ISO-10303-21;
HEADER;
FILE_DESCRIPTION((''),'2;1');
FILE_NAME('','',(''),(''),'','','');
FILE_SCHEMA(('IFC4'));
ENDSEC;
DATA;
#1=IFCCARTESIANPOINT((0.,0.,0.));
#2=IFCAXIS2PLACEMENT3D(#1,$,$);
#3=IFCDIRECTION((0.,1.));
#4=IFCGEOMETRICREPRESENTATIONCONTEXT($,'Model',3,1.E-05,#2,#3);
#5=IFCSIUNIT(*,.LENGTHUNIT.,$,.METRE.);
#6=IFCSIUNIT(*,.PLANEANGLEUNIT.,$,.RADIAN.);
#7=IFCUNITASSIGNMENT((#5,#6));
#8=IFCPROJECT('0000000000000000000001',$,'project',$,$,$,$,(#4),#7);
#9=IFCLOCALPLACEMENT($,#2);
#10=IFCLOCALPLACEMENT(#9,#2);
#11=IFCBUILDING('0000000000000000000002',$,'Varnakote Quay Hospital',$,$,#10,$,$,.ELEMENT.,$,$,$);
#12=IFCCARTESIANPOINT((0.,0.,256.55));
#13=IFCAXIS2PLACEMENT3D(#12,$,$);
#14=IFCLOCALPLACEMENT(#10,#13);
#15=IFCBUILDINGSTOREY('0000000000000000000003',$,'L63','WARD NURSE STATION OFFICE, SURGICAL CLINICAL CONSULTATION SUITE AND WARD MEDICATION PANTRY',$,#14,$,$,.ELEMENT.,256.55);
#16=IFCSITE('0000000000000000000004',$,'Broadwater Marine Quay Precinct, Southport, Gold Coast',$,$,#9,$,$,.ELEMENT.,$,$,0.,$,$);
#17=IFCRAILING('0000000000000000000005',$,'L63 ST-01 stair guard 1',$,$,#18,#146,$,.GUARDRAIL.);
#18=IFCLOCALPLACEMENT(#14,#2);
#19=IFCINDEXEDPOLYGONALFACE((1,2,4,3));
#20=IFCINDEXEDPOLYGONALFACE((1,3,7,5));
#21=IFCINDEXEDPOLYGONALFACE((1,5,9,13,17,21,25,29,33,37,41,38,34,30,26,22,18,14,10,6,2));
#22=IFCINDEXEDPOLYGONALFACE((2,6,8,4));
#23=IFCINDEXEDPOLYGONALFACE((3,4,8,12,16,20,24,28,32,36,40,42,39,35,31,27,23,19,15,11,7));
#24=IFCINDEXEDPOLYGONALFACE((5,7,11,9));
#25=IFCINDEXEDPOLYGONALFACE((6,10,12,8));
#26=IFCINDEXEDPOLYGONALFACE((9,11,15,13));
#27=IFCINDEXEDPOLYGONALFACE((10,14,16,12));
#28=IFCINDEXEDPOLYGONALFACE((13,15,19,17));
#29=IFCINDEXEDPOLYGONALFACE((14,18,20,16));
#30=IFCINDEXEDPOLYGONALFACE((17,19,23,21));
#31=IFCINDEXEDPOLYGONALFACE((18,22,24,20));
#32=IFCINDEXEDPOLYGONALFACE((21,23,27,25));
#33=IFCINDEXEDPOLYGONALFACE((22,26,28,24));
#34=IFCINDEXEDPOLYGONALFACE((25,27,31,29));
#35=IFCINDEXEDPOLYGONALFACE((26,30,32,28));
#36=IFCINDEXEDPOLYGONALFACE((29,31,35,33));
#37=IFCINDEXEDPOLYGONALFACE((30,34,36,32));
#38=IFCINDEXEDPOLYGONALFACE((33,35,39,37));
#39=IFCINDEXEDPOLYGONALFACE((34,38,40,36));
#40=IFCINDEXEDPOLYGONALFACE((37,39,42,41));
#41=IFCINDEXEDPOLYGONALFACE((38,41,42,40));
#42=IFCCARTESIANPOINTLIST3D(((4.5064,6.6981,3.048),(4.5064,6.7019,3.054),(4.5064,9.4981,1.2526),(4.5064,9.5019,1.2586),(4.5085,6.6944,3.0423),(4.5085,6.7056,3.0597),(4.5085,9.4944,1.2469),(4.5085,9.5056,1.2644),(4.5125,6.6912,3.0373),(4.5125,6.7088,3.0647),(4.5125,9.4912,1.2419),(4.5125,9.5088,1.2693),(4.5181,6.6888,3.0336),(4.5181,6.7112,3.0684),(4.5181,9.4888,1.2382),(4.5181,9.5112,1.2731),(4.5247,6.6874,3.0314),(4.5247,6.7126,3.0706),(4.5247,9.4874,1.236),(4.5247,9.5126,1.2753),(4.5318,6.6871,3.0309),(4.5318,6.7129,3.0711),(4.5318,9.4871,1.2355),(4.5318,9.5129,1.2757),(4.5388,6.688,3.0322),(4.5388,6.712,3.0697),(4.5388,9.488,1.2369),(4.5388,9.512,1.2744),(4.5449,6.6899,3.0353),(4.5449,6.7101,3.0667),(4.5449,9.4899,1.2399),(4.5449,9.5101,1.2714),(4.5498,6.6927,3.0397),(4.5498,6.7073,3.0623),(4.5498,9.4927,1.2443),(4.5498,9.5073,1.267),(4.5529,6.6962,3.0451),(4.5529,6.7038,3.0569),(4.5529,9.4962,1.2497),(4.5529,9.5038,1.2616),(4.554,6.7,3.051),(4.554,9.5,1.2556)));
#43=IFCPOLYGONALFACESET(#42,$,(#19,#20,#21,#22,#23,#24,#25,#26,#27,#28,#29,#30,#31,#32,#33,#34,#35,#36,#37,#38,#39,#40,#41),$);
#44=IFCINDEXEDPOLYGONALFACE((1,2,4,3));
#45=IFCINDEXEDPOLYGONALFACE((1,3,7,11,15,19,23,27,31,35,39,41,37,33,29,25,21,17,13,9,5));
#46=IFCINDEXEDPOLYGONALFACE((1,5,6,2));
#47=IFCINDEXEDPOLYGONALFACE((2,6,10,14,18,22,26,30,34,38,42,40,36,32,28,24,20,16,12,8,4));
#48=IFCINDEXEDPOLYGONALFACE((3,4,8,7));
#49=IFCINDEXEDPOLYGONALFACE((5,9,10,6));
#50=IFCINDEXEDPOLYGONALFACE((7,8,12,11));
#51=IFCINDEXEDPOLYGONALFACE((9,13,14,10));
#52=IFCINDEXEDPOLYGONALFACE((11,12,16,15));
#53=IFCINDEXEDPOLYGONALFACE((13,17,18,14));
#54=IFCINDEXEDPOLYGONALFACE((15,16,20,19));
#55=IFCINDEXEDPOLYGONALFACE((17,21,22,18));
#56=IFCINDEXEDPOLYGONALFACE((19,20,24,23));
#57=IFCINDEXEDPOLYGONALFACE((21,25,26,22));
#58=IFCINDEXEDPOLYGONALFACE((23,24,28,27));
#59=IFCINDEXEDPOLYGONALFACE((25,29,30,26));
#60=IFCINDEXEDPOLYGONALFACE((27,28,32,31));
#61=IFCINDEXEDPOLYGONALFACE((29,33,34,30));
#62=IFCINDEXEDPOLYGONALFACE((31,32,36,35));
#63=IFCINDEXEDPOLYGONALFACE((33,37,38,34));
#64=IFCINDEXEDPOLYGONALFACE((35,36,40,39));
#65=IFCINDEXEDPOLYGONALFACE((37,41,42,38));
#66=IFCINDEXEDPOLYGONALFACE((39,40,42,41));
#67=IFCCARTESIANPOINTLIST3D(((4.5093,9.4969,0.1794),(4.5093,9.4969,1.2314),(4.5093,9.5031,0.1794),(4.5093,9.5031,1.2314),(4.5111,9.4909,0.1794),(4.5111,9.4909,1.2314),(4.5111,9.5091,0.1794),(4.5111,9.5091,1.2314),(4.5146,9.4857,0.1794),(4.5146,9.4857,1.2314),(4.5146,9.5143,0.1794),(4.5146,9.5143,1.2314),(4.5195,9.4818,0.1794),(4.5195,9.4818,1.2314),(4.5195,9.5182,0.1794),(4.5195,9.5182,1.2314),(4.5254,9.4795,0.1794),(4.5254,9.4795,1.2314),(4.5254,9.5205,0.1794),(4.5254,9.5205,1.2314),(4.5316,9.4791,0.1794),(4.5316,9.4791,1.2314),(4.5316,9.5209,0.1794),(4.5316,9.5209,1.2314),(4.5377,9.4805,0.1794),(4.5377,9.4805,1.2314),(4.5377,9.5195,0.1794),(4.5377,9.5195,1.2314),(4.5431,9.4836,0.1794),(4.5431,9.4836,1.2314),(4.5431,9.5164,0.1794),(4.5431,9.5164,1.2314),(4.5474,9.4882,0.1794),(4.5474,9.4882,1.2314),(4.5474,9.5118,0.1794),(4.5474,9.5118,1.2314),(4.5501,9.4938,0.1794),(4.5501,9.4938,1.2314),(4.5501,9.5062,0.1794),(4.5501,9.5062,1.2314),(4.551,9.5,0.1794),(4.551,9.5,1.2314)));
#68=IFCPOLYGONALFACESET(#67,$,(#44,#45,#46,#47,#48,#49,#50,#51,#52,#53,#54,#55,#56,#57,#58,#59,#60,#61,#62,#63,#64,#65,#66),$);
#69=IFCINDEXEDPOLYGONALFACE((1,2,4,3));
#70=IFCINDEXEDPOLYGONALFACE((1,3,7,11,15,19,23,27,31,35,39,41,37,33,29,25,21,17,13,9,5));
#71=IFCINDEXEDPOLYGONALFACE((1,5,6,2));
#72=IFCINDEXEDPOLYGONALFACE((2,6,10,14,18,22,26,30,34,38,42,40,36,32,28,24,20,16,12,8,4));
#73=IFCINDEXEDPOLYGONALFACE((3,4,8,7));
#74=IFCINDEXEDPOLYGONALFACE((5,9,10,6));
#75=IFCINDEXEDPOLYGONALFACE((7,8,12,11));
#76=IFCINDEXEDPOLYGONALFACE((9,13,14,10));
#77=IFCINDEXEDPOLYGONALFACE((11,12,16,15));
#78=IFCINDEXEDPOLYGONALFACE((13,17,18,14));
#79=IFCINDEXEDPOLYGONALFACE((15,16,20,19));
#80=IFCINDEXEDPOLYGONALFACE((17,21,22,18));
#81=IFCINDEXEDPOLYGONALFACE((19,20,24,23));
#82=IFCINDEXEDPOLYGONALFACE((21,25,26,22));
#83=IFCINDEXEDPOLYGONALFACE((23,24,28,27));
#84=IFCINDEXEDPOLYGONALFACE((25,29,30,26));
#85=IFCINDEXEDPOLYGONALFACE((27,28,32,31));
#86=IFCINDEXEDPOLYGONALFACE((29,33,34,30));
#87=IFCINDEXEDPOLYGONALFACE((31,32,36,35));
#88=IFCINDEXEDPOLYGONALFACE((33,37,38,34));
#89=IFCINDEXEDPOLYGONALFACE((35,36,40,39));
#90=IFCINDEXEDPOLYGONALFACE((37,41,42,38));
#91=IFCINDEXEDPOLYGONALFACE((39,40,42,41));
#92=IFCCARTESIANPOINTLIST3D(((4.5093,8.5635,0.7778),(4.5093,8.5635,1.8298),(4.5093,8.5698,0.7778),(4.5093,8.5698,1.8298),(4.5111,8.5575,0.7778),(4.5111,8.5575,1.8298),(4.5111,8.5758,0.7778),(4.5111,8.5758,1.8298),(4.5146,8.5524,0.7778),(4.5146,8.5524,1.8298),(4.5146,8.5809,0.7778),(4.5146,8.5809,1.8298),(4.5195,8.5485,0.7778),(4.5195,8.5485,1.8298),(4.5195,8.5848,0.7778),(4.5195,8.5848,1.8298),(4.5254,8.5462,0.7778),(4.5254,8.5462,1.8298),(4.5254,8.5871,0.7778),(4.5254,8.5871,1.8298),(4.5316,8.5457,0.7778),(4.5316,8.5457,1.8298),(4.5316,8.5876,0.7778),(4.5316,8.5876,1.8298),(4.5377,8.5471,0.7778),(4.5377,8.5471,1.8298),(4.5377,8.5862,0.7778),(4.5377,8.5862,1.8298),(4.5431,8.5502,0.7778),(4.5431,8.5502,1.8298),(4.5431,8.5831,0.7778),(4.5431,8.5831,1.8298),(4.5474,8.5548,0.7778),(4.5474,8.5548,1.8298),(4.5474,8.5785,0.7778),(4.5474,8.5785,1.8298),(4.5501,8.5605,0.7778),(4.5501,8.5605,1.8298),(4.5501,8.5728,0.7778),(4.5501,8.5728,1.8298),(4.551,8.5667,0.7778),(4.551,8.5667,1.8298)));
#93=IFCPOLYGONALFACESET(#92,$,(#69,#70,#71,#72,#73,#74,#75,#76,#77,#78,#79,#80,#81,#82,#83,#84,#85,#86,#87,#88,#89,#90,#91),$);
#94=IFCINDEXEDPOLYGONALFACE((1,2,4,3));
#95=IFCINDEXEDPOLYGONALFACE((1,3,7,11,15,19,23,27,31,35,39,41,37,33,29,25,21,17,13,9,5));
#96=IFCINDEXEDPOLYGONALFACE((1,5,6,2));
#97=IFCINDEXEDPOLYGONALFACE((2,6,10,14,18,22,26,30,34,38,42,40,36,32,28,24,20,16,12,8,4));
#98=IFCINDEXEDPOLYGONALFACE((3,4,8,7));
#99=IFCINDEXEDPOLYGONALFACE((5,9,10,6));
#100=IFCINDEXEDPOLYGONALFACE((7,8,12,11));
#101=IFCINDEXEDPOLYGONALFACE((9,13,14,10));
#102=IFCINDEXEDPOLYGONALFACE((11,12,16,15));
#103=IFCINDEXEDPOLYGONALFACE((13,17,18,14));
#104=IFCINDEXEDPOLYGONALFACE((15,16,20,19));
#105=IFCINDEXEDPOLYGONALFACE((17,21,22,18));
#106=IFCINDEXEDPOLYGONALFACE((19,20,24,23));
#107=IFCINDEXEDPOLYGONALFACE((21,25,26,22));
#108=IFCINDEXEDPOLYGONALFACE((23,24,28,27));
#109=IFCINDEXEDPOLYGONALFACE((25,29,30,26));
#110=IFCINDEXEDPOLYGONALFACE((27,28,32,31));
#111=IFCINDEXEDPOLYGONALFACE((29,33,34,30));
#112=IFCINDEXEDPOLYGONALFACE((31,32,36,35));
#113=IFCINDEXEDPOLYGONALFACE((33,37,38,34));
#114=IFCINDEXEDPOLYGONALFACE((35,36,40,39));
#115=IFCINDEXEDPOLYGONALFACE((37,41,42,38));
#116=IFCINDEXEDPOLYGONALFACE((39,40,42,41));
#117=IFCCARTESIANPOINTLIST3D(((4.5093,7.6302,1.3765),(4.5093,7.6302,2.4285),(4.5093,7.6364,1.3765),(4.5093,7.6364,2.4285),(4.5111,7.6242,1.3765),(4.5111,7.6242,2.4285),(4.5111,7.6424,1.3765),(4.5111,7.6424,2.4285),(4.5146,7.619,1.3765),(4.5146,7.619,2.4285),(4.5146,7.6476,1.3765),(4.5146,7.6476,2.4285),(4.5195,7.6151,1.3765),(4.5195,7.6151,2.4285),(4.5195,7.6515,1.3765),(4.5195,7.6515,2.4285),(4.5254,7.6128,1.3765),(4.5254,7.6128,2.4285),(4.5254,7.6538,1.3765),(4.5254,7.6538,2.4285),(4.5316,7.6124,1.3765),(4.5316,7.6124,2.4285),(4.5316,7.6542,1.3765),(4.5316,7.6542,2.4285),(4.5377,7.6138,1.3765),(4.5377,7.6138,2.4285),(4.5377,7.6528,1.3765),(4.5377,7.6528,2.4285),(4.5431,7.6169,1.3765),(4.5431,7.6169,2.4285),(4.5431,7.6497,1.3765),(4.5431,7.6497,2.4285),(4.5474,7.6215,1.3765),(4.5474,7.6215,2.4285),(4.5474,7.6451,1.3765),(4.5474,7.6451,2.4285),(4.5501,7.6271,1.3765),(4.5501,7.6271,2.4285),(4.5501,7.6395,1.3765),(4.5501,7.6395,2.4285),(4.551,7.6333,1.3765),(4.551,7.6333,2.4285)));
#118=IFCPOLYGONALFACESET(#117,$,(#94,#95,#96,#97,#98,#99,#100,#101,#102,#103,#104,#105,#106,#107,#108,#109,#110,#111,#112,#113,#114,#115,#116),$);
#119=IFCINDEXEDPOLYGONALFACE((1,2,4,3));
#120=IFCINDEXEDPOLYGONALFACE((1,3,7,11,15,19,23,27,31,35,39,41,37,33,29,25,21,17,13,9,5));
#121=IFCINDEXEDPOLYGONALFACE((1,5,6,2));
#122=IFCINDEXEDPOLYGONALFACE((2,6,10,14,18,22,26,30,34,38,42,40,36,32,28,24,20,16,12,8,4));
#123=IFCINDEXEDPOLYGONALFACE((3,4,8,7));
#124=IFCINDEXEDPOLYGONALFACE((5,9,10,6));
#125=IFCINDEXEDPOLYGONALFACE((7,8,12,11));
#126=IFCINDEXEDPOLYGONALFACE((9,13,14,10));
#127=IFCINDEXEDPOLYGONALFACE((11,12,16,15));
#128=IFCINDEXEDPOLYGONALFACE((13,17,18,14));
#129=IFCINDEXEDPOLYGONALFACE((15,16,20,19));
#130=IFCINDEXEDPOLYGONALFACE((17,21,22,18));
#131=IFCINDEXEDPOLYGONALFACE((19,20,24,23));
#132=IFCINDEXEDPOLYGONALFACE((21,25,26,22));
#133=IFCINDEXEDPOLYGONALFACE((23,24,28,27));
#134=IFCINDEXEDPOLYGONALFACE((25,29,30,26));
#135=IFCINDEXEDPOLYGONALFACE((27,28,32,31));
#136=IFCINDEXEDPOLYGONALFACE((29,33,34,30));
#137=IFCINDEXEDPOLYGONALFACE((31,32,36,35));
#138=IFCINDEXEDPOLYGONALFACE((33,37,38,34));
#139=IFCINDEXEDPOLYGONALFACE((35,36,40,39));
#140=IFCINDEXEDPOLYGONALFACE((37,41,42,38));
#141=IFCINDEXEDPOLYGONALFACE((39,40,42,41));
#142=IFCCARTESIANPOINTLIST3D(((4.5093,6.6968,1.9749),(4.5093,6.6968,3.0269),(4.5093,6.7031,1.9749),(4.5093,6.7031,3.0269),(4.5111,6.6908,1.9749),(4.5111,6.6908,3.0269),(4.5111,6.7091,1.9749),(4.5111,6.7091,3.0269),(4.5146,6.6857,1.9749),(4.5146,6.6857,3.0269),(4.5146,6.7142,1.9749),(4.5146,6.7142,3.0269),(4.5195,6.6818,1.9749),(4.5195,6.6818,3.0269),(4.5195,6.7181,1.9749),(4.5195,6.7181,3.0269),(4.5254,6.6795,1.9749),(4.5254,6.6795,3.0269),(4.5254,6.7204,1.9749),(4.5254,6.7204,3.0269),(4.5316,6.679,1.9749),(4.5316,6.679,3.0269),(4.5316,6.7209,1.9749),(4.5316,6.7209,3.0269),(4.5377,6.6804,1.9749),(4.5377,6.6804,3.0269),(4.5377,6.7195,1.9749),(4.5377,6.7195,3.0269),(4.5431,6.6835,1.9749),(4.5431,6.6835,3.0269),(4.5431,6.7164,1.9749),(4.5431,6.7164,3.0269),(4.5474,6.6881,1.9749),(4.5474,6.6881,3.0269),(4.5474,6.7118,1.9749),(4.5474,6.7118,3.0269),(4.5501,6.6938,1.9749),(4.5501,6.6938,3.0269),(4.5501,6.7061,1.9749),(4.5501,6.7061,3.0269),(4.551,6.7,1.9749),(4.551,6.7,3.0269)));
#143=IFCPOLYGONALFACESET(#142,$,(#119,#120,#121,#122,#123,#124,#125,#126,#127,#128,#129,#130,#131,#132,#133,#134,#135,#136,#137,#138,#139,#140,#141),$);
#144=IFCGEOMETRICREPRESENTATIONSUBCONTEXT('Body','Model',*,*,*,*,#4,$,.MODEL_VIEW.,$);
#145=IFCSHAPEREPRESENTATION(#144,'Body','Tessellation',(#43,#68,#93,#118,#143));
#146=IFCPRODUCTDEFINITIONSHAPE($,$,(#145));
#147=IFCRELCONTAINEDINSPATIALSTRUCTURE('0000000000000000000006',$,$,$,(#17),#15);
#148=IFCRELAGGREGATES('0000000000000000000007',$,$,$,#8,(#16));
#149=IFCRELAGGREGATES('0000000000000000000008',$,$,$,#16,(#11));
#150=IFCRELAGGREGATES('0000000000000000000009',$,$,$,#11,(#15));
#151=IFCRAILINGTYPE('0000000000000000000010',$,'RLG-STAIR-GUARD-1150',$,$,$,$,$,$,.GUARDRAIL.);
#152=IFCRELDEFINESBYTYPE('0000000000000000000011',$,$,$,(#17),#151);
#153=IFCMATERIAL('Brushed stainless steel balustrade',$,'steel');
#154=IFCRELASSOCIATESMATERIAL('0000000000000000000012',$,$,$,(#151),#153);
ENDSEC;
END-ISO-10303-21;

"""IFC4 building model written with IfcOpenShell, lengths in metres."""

from ifc_helpers import new_model, si_unit, direction, frame, origin, origin_2d, place, context, subcontext, project, spatial, circle, extrude, material, type_object, element, save


model = new_model("IFC4")

# Units and contexts
model_context = context("Model", 3, precision=1e-05, world=origin(), true_north=direction((0.0, 1.0)))
body_context = subcontext(model_context, "Body", "Model", "MODEL_VIEW")
ifc_project = project(units=[si_unit("LENGTHUNIT", "METRE"), si_unit("PLANEANGLEUNIT", "RADIAN")], contexts=[model_context])

# Site, building, storey
site_placement = place(None, origin())
site = spatial("IfcSite", under=ifc_project, at=site_placement, Name="Broadwater Marine Quay Precinct, Southport, Gold Coast", CompositionType="ELEMENT", RefElevation=0.0)
building_placement = place(site_placement, origin())
building = spatial("IfcBuilding", under=site, at=building_placement, Name="Varnakote Quay Hospital", CompositionType="ELEMENT")
storey_placement = place(building_placement, frame((0.0, 0.0, 256.55)))
storey = spatial("IfcBuildingStorey", under=building, at=storey_placement, Name="L63", Description="WARD NURSE STATION OFFICE, SURGICAL CLINICAL CONSULTATION SUITE AND WARD MEDICATION PANTRY", CompositionType="ELEMENT", Elevation=256.55)

# Railing
ifc_material_1 = material(Name="Brushed stainless steel balustrade", Category="steel")
railing_type_1 = type_object("IfcRailingType", Name="RLG-STAIR-GUARD-1150", PredefinedType="GUARDRAIL", material=ifc_material_1)
railing_1_placement = place(storey_placement, frame((4.53, 9.5, 0.1794)))
element("IfcRailing", 1, at=railing_1_placement, inside=storey, type_object=railing_type_1, Name="L63 ST-01 stair guard 1", PredefinedType="GUARDRAIL", context=body_context, shape_type="SweptSolid", body=[
    extrude(circle(Radius=0.0239, at=origin_2d()), frame((0.0, 0.0, 1.0762), z_axis=(0.0, -0.84181, 0.539774), x_axis=(1.0, 0.0, 0.0)), (0.0, 0.0, 1.0), 3.3262),
    extrude(circle(Radius=0.021, at=origin_2d()), origin(), (0.0, 0.0, 1.0), 1.052),
    extrude(circle(Radius=0.021, at=origin_2d()), frame((0.0, -0.9333, 0.5984)), (0.0, 0.0, 1.0), 1.052),
    extrude(circle(Radius=0.021, at=origin_2d()), frame((0.0, -1.8667, 1.197)), (0.0, 0.0, 1.0), 1.052),
    extrude(circle(Radius=0.021, at=origin_2d()), frame((0.0, -2.8, 1.7954)), (0.0, 0.0, 1.0), 1.052),
])

save(model, "model.ifc")
